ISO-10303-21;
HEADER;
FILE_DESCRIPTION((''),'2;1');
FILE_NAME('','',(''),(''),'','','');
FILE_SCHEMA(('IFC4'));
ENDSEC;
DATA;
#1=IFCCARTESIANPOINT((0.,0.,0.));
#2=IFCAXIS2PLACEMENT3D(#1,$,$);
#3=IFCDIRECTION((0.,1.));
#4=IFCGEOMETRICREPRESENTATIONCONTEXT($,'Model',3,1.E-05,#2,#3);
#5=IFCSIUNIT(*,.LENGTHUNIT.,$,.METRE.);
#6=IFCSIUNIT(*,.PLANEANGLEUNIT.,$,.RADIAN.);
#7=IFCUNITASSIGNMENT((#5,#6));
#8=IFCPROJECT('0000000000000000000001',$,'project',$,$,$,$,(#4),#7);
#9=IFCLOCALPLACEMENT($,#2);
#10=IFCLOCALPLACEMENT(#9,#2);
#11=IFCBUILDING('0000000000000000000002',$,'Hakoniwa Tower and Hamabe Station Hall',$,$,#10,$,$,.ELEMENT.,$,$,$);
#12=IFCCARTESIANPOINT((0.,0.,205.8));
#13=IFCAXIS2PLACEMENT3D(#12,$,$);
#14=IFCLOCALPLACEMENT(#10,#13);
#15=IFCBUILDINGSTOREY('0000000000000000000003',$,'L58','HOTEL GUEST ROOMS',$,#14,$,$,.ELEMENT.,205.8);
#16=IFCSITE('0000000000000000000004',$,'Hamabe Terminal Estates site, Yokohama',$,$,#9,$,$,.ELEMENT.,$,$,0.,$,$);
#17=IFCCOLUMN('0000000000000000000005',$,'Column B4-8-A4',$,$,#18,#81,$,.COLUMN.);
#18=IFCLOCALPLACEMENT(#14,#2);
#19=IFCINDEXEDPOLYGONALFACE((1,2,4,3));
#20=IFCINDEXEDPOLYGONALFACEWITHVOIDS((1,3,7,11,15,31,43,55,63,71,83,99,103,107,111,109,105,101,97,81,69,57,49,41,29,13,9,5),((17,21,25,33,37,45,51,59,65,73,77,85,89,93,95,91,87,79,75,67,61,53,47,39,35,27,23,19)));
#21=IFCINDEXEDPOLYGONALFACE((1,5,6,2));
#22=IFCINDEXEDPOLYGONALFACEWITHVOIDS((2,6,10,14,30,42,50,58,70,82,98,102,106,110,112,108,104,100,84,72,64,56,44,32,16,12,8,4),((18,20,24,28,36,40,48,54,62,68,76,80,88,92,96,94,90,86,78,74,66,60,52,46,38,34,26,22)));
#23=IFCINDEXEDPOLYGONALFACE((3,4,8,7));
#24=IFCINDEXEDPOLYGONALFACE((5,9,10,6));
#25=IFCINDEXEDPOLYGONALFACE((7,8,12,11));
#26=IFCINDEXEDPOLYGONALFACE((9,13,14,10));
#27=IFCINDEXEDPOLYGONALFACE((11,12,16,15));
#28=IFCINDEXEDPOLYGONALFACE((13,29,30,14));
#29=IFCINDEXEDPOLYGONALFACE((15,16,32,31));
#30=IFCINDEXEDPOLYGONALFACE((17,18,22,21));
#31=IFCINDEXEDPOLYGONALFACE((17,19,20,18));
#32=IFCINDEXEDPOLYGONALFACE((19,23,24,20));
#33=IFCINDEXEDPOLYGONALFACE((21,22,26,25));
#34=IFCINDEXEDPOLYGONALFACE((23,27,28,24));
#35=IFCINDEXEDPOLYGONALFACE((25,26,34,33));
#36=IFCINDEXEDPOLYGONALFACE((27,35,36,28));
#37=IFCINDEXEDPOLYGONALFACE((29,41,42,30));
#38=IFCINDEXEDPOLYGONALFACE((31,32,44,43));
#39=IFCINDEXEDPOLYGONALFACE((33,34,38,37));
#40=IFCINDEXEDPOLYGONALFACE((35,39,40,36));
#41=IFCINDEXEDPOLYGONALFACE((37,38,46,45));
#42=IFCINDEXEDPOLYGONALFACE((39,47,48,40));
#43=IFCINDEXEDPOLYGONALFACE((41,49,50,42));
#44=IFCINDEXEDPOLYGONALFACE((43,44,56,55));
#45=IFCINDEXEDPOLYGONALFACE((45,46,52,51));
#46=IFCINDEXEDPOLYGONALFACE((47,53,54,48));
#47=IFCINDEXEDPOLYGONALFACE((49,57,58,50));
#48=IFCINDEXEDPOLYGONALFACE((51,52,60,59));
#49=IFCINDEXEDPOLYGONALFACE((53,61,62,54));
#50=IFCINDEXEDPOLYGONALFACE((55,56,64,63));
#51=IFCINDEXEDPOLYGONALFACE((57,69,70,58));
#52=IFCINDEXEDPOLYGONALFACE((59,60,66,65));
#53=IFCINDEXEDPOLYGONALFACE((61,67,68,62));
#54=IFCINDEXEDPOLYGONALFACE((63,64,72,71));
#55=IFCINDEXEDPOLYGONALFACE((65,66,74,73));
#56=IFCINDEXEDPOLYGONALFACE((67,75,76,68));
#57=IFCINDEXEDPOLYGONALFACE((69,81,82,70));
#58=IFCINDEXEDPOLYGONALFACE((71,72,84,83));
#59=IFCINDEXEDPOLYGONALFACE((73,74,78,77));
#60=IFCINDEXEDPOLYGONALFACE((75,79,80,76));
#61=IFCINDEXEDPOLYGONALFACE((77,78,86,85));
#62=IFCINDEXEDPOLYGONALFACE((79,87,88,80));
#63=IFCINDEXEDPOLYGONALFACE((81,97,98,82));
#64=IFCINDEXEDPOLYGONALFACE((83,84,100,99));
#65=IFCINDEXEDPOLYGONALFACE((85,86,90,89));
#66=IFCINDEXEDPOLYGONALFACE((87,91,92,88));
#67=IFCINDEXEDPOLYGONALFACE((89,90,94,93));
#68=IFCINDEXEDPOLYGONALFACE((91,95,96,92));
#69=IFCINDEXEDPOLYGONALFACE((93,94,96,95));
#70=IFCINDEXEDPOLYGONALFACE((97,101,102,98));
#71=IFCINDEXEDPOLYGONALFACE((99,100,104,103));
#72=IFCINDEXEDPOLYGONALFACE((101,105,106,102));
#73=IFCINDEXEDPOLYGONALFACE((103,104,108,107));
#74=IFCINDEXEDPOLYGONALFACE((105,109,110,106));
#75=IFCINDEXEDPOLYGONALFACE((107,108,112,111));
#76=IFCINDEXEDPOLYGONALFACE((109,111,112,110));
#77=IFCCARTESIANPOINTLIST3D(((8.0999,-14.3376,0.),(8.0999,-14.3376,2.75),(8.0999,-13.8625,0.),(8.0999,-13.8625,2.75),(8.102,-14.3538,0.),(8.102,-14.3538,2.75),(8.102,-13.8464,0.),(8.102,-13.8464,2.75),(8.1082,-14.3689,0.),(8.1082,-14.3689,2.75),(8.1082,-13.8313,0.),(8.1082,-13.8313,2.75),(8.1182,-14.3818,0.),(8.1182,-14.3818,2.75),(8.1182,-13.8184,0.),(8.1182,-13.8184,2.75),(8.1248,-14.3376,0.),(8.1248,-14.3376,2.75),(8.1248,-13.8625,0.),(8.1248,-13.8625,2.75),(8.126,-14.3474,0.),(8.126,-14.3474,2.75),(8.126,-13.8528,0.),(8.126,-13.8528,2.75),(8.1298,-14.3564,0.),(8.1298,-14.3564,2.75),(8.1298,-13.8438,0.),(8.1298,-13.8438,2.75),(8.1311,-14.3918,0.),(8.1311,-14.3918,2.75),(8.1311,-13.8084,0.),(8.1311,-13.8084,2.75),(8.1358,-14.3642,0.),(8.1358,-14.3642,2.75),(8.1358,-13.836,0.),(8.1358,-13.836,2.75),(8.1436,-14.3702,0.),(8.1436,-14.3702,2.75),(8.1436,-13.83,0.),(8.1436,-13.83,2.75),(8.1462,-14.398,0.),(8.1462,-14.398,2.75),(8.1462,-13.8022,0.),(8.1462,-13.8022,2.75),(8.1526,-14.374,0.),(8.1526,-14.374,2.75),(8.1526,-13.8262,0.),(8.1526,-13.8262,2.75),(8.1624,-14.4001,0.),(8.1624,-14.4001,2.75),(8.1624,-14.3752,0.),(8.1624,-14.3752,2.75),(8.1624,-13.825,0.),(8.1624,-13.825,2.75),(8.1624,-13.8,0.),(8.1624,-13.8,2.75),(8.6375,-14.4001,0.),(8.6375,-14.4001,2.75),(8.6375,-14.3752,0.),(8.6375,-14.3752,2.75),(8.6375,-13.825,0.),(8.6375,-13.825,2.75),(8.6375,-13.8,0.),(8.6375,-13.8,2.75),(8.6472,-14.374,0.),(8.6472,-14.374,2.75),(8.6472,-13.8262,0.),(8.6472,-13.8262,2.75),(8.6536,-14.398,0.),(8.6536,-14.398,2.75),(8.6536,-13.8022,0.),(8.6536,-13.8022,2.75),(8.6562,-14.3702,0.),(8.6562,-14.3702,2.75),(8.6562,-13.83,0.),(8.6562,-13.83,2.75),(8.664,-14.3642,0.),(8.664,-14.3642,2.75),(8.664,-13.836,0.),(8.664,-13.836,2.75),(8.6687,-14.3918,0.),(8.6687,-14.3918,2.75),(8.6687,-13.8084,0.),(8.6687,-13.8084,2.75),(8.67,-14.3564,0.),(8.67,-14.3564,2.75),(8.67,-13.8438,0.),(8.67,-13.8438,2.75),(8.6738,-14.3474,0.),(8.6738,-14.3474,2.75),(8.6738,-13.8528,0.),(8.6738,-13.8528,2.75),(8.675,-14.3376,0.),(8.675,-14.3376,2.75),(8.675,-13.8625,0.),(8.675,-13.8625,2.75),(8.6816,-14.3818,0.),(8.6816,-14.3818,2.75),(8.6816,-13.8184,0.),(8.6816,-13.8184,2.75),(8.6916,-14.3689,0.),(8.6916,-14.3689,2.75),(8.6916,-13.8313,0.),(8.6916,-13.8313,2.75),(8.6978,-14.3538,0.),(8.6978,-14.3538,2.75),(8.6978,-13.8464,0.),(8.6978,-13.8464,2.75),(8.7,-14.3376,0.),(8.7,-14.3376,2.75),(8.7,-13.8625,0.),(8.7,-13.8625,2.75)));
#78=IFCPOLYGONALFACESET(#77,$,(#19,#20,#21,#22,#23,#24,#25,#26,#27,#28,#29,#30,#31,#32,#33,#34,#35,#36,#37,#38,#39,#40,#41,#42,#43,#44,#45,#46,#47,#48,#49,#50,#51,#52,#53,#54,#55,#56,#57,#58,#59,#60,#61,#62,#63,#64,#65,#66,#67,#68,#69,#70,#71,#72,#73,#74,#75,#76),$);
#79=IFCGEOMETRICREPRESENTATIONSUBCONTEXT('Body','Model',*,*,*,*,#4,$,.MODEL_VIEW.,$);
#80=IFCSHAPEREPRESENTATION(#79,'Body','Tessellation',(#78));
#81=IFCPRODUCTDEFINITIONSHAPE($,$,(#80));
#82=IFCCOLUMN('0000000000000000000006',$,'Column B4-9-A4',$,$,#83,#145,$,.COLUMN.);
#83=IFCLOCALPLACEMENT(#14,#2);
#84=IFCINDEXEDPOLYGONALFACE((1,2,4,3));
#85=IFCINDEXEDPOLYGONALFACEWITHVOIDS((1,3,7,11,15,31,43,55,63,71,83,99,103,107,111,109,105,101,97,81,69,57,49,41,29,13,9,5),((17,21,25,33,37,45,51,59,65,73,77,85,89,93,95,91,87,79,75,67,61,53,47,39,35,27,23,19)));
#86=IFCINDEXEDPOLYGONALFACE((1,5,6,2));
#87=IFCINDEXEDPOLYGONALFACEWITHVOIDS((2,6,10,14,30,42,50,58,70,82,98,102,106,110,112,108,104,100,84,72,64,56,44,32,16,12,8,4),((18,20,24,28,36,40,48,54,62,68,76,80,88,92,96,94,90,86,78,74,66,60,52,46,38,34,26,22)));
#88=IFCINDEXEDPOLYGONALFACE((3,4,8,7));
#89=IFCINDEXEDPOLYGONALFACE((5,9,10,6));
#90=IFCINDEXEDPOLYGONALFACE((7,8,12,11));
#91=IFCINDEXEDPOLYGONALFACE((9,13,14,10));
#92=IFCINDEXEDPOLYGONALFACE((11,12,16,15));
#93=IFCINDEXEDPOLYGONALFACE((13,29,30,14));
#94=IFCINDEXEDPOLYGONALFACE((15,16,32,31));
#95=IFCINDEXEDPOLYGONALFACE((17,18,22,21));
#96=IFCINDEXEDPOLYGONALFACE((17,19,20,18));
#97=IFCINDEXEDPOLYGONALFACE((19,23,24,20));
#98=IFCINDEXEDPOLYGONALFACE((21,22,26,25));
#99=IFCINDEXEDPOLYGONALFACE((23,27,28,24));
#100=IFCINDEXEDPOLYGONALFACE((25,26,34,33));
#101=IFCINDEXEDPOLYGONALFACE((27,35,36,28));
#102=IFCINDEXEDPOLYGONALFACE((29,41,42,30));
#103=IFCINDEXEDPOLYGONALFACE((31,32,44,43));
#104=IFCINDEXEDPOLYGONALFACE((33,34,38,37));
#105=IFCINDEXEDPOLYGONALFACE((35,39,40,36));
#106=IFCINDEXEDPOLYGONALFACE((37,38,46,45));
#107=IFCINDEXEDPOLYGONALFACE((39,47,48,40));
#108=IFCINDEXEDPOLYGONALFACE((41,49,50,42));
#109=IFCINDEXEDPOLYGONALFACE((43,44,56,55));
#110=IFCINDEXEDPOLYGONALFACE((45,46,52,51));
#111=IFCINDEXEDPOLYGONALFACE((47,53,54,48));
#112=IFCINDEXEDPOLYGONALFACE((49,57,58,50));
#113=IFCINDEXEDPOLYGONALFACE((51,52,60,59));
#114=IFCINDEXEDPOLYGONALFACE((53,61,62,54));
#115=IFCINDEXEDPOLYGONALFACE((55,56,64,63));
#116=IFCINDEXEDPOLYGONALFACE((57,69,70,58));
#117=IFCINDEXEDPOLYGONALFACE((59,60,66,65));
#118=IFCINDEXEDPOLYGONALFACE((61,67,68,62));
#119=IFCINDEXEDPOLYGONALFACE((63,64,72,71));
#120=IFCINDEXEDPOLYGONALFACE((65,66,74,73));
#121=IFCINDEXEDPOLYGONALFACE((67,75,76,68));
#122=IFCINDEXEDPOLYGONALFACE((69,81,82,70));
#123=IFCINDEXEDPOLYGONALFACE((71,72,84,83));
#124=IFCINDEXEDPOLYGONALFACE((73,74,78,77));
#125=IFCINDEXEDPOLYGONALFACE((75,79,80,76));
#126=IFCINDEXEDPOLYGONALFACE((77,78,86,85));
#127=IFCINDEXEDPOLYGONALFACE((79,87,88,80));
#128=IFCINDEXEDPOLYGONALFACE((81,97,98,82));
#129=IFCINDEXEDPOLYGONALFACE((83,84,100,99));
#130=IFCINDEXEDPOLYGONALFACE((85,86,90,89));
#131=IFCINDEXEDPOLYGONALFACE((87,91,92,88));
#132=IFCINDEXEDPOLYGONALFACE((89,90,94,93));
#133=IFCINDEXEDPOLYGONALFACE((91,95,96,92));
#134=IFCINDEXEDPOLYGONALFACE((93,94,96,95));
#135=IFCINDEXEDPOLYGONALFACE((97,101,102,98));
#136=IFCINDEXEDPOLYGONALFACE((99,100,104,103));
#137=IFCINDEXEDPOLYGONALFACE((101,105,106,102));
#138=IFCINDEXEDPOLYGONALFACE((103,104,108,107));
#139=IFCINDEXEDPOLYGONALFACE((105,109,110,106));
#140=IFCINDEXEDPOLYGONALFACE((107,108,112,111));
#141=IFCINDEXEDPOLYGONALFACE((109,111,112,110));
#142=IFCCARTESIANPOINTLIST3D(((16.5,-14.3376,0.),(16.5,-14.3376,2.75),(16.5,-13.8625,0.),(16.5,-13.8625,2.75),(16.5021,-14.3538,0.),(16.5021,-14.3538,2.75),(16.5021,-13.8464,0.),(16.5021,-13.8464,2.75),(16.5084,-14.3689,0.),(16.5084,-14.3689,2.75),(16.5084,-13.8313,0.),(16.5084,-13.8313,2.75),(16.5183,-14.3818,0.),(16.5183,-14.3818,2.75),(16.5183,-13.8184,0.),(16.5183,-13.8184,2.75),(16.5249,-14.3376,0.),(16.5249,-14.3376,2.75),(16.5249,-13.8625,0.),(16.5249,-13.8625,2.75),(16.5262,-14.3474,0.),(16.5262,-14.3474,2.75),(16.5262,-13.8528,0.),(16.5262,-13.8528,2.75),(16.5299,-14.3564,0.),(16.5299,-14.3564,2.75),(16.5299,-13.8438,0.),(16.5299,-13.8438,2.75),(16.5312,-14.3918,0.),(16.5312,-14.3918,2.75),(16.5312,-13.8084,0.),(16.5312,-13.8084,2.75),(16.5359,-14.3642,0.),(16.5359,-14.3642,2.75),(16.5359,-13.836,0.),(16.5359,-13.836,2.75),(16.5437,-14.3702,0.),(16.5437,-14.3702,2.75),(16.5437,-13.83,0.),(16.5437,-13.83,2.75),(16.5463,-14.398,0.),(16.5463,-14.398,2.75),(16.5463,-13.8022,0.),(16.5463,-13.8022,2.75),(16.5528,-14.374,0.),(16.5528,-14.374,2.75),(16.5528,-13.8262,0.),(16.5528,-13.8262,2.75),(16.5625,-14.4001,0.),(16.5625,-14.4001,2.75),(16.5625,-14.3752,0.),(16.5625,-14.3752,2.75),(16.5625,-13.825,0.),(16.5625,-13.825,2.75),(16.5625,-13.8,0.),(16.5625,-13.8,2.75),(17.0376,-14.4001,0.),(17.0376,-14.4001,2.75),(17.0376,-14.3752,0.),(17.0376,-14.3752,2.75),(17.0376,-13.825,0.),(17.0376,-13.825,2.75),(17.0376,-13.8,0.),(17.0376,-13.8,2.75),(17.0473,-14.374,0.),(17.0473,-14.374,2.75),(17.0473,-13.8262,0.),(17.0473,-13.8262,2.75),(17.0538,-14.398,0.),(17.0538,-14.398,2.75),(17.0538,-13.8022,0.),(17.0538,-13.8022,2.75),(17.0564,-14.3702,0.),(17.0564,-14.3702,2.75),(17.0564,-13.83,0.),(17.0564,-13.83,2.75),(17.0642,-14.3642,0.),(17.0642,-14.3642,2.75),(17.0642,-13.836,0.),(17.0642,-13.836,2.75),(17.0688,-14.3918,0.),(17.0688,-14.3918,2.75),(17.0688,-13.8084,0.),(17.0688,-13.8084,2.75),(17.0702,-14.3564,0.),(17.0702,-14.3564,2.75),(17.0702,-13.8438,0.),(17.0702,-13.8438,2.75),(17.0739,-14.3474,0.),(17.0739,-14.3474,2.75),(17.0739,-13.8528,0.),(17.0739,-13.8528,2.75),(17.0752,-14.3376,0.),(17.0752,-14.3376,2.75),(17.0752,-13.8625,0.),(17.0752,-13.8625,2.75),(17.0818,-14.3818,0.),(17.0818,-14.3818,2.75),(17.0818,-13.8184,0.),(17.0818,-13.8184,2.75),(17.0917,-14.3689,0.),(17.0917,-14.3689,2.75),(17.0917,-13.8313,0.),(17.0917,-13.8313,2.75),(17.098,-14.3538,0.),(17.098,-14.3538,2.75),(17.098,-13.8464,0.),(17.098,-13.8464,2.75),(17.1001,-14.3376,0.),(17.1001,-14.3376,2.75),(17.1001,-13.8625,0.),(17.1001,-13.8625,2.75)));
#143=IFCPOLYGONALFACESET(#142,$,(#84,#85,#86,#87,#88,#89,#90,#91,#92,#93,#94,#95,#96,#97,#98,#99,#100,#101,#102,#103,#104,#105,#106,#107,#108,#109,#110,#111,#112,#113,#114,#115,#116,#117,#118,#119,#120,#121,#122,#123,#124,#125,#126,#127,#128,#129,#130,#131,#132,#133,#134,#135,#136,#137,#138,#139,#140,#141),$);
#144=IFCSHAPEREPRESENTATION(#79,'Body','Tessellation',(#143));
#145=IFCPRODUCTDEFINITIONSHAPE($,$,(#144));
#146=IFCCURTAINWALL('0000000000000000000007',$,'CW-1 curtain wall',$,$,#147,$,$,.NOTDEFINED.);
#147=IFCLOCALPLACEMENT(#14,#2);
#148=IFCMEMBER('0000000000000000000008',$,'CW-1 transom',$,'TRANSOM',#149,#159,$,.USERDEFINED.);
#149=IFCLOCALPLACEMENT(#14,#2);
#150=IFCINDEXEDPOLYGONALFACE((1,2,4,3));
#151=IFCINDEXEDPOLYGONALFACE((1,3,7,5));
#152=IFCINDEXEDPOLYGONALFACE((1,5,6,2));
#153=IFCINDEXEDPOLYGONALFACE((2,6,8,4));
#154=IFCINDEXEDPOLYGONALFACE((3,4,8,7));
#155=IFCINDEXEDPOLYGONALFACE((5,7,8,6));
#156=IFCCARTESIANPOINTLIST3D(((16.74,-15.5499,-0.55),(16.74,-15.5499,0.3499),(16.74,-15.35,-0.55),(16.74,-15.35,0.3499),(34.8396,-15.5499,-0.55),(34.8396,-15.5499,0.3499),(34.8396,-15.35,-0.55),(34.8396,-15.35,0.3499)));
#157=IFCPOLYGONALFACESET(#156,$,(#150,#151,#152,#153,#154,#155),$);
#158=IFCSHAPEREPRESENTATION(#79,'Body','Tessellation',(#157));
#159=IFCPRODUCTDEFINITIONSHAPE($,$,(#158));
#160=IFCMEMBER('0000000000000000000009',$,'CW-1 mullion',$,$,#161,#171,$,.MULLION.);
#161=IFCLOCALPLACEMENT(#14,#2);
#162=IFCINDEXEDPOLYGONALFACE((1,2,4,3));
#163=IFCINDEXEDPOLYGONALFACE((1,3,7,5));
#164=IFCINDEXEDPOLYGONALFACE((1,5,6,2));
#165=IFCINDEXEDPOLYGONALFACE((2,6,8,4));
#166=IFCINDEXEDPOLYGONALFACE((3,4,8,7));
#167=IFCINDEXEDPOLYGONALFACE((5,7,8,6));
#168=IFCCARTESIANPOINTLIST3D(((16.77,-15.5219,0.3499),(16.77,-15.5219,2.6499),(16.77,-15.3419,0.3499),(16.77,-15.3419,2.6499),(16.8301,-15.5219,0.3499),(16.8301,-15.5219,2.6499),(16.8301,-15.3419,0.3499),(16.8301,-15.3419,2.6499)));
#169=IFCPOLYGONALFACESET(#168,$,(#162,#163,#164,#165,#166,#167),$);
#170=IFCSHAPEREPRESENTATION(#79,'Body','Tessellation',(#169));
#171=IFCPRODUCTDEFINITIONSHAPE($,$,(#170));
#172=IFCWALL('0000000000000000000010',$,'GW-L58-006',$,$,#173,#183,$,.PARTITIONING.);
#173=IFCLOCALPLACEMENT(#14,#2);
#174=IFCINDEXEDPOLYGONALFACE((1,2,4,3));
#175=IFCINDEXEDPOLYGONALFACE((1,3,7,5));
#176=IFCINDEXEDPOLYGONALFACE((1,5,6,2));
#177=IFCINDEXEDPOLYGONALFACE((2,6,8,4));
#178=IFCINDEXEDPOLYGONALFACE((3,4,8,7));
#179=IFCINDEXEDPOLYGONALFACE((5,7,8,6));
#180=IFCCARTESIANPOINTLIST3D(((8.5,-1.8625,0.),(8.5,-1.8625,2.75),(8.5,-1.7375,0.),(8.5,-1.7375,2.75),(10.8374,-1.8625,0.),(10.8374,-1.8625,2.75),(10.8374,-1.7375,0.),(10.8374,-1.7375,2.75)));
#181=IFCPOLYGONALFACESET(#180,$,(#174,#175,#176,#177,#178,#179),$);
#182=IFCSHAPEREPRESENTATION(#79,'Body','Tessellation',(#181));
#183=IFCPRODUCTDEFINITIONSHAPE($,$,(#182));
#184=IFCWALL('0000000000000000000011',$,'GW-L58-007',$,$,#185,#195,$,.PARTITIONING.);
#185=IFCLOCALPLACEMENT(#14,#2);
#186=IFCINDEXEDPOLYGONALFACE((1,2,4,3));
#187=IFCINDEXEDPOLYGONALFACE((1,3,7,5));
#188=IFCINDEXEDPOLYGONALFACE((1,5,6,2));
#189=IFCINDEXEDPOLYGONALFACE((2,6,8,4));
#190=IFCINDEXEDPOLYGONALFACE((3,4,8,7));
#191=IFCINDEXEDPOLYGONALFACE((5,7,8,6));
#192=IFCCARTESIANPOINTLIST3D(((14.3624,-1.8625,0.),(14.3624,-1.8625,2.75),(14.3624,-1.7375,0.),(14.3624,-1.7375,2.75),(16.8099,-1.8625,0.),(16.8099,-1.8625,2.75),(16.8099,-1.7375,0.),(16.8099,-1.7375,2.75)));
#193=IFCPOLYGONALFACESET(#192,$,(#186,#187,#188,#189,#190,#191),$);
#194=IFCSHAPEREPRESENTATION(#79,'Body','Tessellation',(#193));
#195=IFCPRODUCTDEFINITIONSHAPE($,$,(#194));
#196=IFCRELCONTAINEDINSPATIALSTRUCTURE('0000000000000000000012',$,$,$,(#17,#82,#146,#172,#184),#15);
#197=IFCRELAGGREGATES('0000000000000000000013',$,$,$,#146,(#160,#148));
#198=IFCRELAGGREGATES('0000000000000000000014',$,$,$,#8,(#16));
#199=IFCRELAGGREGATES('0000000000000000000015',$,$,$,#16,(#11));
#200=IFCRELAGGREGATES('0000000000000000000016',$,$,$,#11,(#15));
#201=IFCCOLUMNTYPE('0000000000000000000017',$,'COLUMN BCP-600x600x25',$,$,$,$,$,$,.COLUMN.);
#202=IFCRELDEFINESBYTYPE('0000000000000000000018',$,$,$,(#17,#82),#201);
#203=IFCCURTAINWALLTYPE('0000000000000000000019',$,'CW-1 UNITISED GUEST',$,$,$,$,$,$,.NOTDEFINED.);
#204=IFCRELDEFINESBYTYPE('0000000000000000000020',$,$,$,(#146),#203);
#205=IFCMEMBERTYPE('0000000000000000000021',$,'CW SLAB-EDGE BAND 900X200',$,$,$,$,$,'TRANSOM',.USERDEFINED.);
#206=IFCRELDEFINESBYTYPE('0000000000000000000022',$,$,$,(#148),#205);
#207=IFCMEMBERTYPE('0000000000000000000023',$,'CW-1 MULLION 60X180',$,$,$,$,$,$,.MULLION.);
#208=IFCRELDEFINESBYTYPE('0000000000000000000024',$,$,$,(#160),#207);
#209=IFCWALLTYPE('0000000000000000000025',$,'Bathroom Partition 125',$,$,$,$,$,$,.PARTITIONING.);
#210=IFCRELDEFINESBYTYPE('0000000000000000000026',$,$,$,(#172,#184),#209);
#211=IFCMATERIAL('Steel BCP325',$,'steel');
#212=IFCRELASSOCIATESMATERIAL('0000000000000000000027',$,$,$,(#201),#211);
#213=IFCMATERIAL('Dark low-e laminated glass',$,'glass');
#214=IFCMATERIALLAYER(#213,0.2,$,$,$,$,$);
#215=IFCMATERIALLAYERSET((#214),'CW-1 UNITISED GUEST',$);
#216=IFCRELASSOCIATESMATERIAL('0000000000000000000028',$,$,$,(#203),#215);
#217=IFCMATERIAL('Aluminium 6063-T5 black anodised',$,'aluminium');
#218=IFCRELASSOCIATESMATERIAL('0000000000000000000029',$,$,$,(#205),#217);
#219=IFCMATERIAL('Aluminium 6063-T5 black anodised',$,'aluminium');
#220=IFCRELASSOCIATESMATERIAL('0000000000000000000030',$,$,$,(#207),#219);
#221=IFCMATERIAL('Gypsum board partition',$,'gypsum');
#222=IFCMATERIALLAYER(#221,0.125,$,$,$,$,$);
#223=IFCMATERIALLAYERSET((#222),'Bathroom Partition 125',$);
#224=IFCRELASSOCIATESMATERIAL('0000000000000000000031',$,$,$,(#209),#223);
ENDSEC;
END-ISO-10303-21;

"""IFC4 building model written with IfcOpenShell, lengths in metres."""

from ifc_helpers import new_model, si_unit, direction, frame, frame_2d, origin, origin_2d, place, context, subcontext, project, spatial, rectangle, hollow_rectangle, extrude, material, layer, layer_set, material_profile, profile_set, type_object, element, aggregate, save


model = new_model("IFC4")

# Units and contexts
model_context = context("Model", 3, precision=1e-05, world=origin(), true_north=direction((0.0, 1.0)))
body_context = subcontext(model_context, "Body", "Model", "MODEL_VIEW")
ifc_project = project(units=[si_unit("LENGTHUNIT", "METRE"), si_unit("PLANEANGLEUNIT", "RADIAN")], contexts=[model_context])

# Site, building, storey
site_placement = place(None, origin())
site = spatial("IfcSite", under=ifc_project, at=site_placement, Name="Hamabe Terminal Estates site, Yokohama", CompositionType="ELEMENT", RefElevation=0.0)
building_placement = place(site_placement, origin())
building = spatial("IfcBuilding", under=site, at=building_placement, Name="Hakoniwa Tower and Hamabe Station Hall", CompositionType="ELEMENT")
storey_placement = place(building_placement, frame((0.0, 0.0, 205.8)))
storey = spatial("IfcBuildingStorey", under=building, at=storey_placement, Name="L58", Description="HOTEL GUEST ROOMS", CompositionType="ELEMENT", Elevation=205.8)

# Columns
ifc_material_1 = material(Name="Steel BCP325", Category="steel")
ifc_material_profile_1 = material_profile(ifc_material_1, hollow_rectangle(XDim=0.6001, YDim=0.6001, WallThickness=0.0249, InnerFilletRadius=0.0376, OuterFilletRadius=0.0625, at=origin_2d()), Name="BCP-600x600x25")
ifc_profile_set_1 = profile_set([ifc_material_profile_1], Name="Steel BCP325")
column_type = type_object("IfcColumnType", Name="COLUMN BCP-600x600x25", PredefinedType="COLUMN", material=ifc_profile_set_1)
for number, where, z_axis, x_axis, name in (
    (1, (8.3999, -14.1001, 0.0), (0.0, 0.0, 1.0), (1.0, 0.0, 0.0), "Column B4-8-A4"),
    (2, (16.8, -14.1001, 0.0), (0.0, 0.0, 1.0), (1.0, 0.0, 0.0), "Column B4-9-A4"),
):
    element("IfcColumn", number, at=place(storey_placement, frame(where, z_axis=z_axis, x_axis=x_axis)), inside=storey, type_object=column_type, Name=name, PredefinedType="COLUMN", context=body_context, shape_type="SweptSolid", body=[
        extrude(hollow_rectangle(XDim=0.6001, YDim=0.6001, WallThickness=0.0249, InnerFilletRadius=0.0376, OuterFilletRadius=0.0625, at=origin_2d()), origin(), (0.0, 0.0, 1.0), 2.75),
    ])

# Curtain wall, members
ifc_material_2 = material(Name="Dark low-e laminated glass", Category="glass")
ifc_layer_1 = layer(ifc_material_2, 0.2)
ifc_layer_set_1 = layer_set([ifc_layer_1], Name="CW-1 UNITISED GUEST")
curtain_wall_type = type_object("IfcCurtainWallType", Name="CW-1 UNITISED GUEST", PredefinedType="NOTDEFINED", material=ifc_layer_set_1)
curtain_wall_placement = place(storey_placement, origin())
curtain_wall = element("IfcCurtainWall", 3, at=curtain_wall_placement, inside=storey, type_object=curtain_wall_type, Name="CW-1 curtain wall", PredefinedType="NOTDEFINED")
ifc_material_3 = material(Name="Aluminium 6063-T5 black anodised", Category="aluminium")
ifc_material_profile_2 = material_profile(ifc_material_3, rectangle(XDim=0.2, YDim=0.8999, at=origin_2d()), Name="CW SLAB-EDGE BAND 900X200")
ifc_profile_set_2 = profile_set([ifc_material_profile_2], Name="Aluminium 6063-T5 black anodised")
member_type_1 = type_object("IfcMemberType", Name="CW SLAB-EDGE BAND 900X200", ElementType="TRANSOM", PredefinedType="USERDEFINED", material=ifc_profile_set_2)
member_1_placement = place(storey_placement, frame((16.74, -15.45, -0.1001), z_axis=(1.0, 0.0, 0.0), x_axis=(0.0, 1.0, 0.0)))
member_1 = element("IfcMember", 4, at=member_1_placement, type_object=member_type_1, Name="CW-1 transom", ObjectType="TRANSOM", PredefinedType="USERDEFINED", context=body_context, shape_type="SweptSolid", body=[
    extrude(rectangle(XDim=0.2, YDim=0.8999, at=origin_2d()), origin(), (0.0, 0.0, 1.0), 18.0996),
])
ifc_material_4 = material(Name="Aluminium 6063-T5 black anodised", Category="aluminium")
ifc_material_profile_3 = material_profile(ifc_material_4, rectangle(XDim=0.0601, YDim=0.1799, at=origin_2d()), Name="CW-1 MULLION 60X180")
ifc_profile_set_3 = profile_set([ifc_material_profile_3], Name="Aluminium 6063-T5 black anodised")
member_type_2 = type_object("IfcMemberType", Name="CW-1 MULLION 60X180", PredefinedType="MULLION", material=ifc_profile_set_3)
member_2_placement = place(storey_placement, frame((16.8, -15.4319, 0.3499), z_axis=(0.0, 0.0, 1.0), x_axis=(1.0, 0.0, 0.0)))
member_2 = element("IfcMember", 5, at=member_2_placement, type_object=member_type_2, Name="CW-1 mullion", PredefinedType="MULLION", context=body_context, shape_type="SweptSolid", body=[
    extrude(rectangle(XDim=0.0601, YDim=0.1799, at=origin_2d()), origin(), (0.0, 0.0, 1.0), 2.3),
])

# Walls
ifc_material_5 = material(Name="Gypsum board partition", Category="gypsum")
ifc_layer_2 = layer(ifc_material_5, 0.125)
ifc_layer_set_2 = layer_set([ifc_layer_2], Name="Bathroom Partition 125")
wall_type_1 = type_object("IfcWallType", Name="Bathroom Partition 125", PredefinedType="PARTITIONING", material=ifc_layer_set_2)
wall_1_placement = place(storey_placement, frame((8.5, -1.8, 0.0), z_axis=(0.0, 0.0, 1.0), x_axis=(1.0, 0.0, 0.0)))
element("IfcWall", 6, at=wall_1_placement, inside=storey, type_object=wall_type_1, Name="GW-L58-006", PredefinedType="PARTITIONING", context=body_context, shape_type="SweptSolid", body=[
    extrude(rectangle(XDim=2.3374, YDim=0.125, at=frame_2d((1.1687, 0.0))), origin(), (0.0, 0.0, 1.0), 2.75),
])
wall_2_placement = place(storey_placement, frame((14.3625, -1.8, 0.0), z_axis=(0.0, 0.0, 1.0), x_axis=(1.0, 0.0, 0.0)))
element("IfcWall", 7, at=wall_2_placement, inside=storey, type_object=wall_type_1, Name="GW-L58-007", PredefinedType="PARTITIONING", context=body_context, shape_type="SweptSolid", body=[
    extrude(rectangle(XDim=2.4475, YDim=0.125, at=frame_2d((1.2236, 0.0))), origin(), (0.0, 0.0, 1.0), 2.75),
])

aggregate(curtain_wall, [member_2, member_1])

save(model, "model.ifc")
